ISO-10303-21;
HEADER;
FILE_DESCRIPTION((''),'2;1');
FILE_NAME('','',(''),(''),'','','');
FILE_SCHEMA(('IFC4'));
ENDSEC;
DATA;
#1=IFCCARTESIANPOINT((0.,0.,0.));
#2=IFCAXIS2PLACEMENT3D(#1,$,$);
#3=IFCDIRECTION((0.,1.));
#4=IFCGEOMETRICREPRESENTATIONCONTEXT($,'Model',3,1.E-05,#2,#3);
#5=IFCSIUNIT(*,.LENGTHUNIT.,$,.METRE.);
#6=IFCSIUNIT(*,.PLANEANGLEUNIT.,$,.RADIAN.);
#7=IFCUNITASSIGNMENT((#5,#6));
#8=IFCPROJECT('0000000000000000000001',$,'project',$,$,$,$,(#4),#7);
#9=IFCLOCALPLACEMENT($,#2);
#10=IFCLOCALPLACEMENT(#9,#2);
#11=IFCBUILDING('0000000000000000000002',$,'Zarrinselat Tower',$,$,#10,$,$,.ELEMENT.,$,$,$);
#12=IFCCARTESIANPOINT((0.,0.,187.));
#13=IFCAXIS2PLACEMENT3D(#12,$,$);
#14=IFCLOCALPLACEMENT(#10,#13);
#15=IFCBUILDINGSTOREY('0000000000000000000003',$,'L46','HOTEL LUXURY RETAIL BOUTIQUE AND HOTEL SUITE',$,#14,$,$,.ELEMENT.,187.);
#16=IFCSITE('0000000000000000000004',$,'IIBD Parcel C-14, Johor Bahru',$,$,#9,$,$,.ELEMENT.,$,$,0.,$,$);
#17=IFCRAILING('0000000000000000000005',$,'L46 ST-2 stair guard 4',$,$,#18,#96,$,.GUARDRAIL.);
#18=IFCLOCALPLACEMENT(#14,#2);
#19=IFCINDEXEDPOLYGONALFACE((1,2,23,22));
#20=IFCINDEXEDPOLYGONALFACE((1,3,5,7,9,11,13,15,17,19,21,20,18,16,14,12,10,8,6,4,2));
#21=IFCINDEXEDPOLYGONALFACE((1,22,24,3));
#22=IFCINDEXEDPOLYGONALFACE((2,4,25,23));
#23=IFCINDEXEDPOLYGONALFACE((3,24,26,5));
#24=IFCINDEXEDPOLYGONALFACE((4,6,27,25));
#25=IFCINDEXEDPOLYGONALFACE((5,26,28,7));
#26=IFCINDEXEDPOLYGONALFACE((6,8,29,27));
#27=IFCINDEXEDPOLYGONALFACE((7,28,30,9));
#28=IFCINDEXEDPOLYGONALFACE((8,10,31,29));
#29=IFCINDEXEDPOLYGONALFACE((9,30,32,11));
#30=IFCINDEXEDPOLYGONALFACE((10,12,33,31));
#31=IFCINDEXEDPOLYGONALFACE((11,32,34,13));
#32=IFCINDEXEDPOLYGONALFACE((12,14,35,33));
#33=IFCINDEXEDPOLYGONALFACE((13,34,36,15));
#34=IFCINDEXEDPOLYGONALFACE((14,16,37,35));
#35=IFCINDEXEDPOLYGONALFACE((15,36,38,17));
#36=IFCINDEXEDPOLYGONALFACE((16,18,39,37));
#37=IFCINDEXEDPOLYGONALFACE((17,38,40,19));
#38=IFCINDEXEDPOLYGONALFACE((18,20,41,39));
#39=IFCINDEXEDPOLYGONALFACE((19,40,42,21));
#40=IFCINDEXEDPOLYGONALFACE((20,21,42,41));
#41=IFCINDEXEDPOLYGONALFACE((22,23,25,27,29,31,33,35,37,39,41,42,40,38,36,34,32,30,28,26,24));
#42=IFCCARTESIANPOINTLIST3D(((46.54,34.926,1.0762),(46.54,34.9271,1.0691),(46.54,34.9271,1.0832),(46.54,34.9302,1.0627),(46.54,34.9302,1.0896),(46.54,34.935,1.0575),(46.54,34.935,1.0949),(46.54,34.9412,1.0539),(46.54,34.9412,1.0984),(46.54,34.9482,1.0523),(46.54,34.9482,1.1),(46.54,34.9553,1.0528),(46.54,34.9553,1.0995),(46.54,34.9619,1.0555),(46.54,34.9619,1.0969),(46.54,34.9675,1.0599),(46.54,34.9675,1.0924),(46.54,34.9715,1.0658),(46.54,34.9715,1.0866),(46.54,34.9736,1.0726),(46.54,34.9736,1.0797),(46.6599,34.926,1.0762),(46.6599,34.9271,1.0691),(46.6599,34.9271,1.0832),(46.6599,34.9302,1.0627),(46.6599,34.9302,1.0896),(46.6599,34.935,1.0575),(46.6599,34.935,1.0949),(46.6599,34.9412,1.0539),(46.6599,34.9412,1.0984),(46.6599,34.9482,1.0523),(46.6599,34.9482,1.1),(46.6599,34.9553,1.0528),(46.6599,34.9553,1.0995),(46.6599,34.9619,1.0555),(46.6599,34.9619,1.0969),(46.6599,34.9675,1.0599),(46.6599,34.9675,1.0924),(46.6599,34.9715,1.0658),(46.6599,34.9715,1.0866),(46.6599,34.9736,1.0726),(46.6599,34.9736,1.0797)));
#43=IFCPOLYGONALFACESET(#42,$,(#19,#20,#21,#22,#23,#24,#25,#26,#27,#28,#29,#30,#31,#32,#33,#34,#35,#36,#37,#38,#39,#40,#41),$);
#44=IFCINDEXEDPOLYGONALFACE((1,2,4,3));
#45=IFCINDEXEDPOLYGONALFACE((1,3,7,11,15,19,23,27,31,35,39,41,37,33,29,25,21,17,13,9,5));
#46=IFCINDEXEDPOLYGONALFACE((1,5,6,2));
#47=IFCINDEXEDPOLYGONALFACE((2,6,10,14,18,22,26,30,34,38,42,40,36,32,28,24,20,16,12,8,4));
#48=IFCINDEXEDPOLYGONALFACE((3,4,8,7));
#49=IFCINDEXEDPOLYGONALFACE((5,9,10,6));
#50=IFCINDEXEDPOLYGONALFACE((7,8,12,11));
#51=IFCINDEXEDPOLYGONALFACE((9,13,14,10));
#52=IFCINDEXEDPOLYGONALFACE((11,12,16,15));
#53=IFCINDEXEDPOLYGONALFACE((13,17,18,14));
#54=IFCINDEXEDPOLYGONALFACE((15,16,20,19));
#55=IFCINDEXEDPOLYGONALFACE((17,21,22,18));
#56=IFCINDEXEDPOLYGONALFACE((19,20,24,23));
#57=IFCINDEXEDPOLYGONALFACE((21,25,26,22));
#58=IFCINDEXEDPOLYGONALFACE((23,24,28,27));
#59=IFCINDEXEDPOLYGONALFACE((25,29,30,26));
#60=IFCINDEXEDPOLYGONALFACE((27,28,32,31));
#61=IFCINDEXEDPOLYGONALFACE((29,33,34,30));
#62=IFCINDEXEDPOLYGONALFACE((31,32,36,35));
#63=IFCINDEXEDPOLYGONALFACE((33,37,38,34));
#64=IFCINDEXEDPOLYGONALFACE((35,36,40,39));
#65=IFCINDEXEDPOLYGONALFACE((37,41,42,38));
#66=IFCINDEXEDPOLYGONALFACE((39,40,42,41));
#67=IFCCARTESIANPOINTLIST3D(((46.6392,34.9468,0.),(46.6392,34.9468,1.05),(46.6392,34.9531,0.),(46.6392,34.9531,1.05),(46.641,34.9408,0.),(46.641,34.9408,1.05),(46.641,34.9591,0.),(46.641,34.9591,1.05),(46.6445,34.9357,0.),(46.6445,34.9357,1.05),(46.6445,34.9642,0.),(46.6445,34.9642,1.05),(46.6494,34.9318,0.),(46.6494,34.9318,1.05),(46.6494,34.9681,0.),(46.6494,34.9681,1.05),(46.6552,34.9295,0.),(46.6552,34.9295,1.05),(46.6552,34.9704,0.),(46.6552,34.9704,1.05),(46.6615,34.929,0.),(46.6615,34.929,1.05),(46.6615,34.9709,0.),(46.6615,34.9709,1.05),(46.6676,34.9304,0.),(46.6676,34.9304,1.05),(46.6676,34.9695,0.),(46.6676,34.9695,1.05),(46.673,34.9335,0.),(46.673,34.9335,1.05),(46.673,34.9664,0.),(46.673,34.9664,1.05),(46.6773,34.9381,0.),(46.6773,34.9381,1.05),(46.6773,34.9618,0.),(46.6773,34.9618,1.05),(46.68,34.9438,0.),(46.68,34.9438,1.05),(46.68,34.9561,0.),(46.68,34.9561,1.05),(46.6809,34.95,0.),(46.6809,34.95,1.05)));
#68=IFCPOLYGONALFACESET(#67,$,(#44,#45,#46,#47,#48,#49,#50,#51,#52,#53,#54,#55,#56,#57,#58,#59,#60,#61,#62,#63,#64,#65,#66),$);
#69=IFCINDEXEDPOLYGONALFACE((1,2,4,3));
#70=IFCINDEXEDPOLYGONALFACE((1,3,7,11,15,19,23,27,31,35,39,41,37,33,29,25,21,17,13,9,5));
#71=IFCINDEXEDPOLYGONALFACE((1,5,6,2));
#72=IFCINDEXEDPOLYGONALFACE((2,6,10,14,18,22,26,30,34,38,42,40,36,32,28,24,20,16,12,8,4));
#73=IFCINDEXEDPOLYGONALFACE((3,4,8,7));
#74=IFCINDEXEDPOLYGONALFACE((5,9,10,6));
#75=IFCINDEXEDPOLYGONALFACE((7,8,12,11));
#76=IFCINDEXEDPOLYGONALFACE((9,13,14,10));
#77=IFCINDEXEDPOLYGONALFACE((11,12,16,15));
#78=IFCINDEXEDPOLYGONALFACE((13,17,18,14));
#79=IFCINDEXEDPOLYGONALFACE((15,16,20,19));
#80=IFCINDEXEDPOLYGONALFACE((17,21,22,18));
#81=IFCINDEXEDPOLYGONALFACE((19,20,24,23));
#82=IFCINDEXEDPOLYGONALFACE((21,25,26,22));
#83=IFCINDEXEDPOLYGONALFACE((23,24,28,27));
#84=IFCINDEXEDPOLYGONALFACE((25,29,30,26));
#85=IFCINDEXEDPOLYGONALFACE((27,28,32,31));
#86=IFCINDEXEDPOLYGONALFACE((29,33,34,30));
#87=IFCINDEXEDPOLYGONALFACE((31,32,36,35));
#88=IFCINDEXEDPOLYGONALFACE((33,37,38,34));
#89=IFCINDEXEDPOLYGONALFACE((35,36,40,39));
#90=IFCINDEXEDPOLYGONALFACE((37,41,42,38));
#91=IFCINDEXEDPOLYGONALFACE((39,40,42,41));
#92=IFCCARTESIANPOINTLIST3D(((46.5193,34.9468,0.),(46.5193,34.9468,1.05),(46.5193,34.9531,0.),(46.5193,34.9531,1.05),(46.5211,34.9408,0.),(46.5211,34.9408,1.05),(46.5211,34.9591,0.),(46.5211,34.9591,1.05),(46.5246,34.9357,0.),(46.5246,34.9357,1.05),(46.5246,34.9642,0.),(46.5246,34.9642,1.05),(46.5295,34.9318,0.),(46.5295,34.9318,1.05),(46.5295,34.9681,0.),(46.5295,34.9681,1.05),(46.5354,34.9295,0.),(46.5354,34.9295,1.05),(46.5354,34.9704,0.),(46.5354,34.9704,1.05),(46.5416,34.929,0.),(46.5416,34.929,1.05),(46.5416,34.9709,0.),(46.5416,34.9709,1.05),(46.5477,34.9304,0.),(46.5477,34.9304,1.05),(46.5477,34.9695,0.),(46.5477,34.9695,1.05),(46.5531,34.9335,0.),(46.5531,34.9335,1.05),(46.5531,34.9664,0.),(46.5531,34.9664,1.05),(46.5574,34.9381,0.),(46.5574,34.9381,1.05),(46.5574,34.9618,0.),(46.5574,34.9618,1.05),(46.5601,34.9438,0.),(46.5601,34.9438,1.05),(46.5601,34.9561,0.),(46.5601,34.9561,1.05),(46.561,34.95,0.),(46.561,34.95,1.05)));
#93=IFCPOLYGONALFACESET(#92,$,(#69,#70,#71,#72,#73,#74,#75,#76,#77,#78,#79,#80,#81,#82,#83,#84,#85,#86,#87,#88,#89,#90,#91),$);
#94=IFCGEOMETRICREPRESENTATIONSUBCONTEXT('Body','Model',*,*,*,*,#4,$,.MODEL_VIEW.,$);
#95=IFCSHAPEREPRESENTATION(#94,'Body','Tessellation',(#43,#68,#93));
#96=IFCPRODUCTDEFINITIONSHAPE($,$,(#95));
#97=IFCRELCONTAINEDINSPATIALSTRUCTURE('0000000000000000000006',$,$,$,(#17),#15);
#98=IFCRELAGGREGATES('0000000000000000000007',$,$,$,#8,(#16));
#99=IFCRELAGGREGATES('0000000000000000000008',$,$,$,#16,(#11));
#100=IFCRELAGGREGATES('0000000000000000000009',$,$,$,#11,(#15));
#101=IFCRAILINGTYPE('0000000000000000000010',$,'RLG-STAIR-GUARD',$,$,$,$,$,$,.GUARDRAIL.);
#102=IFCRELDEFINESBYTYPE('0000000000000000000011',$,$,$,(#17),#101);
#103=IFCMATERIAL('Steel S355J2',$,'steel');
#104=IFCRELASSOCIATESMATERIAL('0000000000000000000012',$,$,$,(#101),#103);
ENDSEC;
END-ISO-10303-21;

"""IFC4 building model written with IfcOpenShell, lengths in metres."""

from ifc_helpers import new_model, si_unit, direction, frame, origin, origin_2d, place, context, subcontext, project, spatial, circle, extrude, material, type_object, element, save


model = new_model("IFC4")

# Units and contexts
model_context = context("Model", 3, precision=1e-05, world=origin(), true_north=direction((0.0, 1.0)))
body_context = subcontext(model_context, "Body", "Model", "MODEL_VIEW")
ifc_project = project(units=[si_unit("LENGTHUNIT", "METRE"), si_unit("PLANEANGLEUNIT", "RADIAN")], contexts=[model_context])

# Site, building, storey
site_placement = place(None, origin())
site = spatial("IfcSite", under=ifc_project, at=site_placement, Name="IIBD Parcel C-14, Johor Bahru", CompositionType="ELEMENT", RefElevation=0.0)
building_placement = place(site_placement, origin())
building = spatial("IfcBuilding", under=site, at=building_placement, Name="Zarrinselat Tower", CompositionType="ELEMENT")
storey_placement = place(building_placement, frame((0.0, 0.0, 187.0)))
storey = spatial("IfcBuildingStorey", under=building, at=storey_placement, Name="L46", Description="HOTEL LUXURY RETAIL BOUTIQUE AND HOTEL SUITE", CompositionType="ELEMENT", Elevation=187.0)

# Railing
ifc_material_1 = material(Name="Steel S355J2", Category="steel")
railing_type_1 = type_object("IfcRailingType", Name="RLG-STAIR-GUARD", PredefinedType="GUARDRAIL", material=ifc_material_1)
railing_1_placement = place(storey_placement, frame((46.6599, 34.95, 0.0)))
element("IfcRailing", 1, at=railing_1_placement, inside=storey, type_object=railing_type_1, Name="L46 ST-2 stair guard 4", PredefinedType="GUARDRAIL", context=body_context, shape_type="SweptSolid", body=[
    extrude(circle(Radius=0.0239, at=origin_2d()), frame((0.0, 0.0, 1.0762), z_axis=(-1.0, 0.0, 0.0), x_axis=(0.0, -1.0, 0.0)), (0.0, 0.0, 1.0), 0.1199),
    extrude(circle(Radius=0.021, at=origin_2d()), origin(), (0.0, 0.0, 1.0), 1.05),
    extrude(circle(Radius=0.021, at=origin_2d()), frame((-0.1199, 0.0, 0.0)), (0.0, 0.0, 1.0), 1.05),
])

save(model, "model.ifc")
